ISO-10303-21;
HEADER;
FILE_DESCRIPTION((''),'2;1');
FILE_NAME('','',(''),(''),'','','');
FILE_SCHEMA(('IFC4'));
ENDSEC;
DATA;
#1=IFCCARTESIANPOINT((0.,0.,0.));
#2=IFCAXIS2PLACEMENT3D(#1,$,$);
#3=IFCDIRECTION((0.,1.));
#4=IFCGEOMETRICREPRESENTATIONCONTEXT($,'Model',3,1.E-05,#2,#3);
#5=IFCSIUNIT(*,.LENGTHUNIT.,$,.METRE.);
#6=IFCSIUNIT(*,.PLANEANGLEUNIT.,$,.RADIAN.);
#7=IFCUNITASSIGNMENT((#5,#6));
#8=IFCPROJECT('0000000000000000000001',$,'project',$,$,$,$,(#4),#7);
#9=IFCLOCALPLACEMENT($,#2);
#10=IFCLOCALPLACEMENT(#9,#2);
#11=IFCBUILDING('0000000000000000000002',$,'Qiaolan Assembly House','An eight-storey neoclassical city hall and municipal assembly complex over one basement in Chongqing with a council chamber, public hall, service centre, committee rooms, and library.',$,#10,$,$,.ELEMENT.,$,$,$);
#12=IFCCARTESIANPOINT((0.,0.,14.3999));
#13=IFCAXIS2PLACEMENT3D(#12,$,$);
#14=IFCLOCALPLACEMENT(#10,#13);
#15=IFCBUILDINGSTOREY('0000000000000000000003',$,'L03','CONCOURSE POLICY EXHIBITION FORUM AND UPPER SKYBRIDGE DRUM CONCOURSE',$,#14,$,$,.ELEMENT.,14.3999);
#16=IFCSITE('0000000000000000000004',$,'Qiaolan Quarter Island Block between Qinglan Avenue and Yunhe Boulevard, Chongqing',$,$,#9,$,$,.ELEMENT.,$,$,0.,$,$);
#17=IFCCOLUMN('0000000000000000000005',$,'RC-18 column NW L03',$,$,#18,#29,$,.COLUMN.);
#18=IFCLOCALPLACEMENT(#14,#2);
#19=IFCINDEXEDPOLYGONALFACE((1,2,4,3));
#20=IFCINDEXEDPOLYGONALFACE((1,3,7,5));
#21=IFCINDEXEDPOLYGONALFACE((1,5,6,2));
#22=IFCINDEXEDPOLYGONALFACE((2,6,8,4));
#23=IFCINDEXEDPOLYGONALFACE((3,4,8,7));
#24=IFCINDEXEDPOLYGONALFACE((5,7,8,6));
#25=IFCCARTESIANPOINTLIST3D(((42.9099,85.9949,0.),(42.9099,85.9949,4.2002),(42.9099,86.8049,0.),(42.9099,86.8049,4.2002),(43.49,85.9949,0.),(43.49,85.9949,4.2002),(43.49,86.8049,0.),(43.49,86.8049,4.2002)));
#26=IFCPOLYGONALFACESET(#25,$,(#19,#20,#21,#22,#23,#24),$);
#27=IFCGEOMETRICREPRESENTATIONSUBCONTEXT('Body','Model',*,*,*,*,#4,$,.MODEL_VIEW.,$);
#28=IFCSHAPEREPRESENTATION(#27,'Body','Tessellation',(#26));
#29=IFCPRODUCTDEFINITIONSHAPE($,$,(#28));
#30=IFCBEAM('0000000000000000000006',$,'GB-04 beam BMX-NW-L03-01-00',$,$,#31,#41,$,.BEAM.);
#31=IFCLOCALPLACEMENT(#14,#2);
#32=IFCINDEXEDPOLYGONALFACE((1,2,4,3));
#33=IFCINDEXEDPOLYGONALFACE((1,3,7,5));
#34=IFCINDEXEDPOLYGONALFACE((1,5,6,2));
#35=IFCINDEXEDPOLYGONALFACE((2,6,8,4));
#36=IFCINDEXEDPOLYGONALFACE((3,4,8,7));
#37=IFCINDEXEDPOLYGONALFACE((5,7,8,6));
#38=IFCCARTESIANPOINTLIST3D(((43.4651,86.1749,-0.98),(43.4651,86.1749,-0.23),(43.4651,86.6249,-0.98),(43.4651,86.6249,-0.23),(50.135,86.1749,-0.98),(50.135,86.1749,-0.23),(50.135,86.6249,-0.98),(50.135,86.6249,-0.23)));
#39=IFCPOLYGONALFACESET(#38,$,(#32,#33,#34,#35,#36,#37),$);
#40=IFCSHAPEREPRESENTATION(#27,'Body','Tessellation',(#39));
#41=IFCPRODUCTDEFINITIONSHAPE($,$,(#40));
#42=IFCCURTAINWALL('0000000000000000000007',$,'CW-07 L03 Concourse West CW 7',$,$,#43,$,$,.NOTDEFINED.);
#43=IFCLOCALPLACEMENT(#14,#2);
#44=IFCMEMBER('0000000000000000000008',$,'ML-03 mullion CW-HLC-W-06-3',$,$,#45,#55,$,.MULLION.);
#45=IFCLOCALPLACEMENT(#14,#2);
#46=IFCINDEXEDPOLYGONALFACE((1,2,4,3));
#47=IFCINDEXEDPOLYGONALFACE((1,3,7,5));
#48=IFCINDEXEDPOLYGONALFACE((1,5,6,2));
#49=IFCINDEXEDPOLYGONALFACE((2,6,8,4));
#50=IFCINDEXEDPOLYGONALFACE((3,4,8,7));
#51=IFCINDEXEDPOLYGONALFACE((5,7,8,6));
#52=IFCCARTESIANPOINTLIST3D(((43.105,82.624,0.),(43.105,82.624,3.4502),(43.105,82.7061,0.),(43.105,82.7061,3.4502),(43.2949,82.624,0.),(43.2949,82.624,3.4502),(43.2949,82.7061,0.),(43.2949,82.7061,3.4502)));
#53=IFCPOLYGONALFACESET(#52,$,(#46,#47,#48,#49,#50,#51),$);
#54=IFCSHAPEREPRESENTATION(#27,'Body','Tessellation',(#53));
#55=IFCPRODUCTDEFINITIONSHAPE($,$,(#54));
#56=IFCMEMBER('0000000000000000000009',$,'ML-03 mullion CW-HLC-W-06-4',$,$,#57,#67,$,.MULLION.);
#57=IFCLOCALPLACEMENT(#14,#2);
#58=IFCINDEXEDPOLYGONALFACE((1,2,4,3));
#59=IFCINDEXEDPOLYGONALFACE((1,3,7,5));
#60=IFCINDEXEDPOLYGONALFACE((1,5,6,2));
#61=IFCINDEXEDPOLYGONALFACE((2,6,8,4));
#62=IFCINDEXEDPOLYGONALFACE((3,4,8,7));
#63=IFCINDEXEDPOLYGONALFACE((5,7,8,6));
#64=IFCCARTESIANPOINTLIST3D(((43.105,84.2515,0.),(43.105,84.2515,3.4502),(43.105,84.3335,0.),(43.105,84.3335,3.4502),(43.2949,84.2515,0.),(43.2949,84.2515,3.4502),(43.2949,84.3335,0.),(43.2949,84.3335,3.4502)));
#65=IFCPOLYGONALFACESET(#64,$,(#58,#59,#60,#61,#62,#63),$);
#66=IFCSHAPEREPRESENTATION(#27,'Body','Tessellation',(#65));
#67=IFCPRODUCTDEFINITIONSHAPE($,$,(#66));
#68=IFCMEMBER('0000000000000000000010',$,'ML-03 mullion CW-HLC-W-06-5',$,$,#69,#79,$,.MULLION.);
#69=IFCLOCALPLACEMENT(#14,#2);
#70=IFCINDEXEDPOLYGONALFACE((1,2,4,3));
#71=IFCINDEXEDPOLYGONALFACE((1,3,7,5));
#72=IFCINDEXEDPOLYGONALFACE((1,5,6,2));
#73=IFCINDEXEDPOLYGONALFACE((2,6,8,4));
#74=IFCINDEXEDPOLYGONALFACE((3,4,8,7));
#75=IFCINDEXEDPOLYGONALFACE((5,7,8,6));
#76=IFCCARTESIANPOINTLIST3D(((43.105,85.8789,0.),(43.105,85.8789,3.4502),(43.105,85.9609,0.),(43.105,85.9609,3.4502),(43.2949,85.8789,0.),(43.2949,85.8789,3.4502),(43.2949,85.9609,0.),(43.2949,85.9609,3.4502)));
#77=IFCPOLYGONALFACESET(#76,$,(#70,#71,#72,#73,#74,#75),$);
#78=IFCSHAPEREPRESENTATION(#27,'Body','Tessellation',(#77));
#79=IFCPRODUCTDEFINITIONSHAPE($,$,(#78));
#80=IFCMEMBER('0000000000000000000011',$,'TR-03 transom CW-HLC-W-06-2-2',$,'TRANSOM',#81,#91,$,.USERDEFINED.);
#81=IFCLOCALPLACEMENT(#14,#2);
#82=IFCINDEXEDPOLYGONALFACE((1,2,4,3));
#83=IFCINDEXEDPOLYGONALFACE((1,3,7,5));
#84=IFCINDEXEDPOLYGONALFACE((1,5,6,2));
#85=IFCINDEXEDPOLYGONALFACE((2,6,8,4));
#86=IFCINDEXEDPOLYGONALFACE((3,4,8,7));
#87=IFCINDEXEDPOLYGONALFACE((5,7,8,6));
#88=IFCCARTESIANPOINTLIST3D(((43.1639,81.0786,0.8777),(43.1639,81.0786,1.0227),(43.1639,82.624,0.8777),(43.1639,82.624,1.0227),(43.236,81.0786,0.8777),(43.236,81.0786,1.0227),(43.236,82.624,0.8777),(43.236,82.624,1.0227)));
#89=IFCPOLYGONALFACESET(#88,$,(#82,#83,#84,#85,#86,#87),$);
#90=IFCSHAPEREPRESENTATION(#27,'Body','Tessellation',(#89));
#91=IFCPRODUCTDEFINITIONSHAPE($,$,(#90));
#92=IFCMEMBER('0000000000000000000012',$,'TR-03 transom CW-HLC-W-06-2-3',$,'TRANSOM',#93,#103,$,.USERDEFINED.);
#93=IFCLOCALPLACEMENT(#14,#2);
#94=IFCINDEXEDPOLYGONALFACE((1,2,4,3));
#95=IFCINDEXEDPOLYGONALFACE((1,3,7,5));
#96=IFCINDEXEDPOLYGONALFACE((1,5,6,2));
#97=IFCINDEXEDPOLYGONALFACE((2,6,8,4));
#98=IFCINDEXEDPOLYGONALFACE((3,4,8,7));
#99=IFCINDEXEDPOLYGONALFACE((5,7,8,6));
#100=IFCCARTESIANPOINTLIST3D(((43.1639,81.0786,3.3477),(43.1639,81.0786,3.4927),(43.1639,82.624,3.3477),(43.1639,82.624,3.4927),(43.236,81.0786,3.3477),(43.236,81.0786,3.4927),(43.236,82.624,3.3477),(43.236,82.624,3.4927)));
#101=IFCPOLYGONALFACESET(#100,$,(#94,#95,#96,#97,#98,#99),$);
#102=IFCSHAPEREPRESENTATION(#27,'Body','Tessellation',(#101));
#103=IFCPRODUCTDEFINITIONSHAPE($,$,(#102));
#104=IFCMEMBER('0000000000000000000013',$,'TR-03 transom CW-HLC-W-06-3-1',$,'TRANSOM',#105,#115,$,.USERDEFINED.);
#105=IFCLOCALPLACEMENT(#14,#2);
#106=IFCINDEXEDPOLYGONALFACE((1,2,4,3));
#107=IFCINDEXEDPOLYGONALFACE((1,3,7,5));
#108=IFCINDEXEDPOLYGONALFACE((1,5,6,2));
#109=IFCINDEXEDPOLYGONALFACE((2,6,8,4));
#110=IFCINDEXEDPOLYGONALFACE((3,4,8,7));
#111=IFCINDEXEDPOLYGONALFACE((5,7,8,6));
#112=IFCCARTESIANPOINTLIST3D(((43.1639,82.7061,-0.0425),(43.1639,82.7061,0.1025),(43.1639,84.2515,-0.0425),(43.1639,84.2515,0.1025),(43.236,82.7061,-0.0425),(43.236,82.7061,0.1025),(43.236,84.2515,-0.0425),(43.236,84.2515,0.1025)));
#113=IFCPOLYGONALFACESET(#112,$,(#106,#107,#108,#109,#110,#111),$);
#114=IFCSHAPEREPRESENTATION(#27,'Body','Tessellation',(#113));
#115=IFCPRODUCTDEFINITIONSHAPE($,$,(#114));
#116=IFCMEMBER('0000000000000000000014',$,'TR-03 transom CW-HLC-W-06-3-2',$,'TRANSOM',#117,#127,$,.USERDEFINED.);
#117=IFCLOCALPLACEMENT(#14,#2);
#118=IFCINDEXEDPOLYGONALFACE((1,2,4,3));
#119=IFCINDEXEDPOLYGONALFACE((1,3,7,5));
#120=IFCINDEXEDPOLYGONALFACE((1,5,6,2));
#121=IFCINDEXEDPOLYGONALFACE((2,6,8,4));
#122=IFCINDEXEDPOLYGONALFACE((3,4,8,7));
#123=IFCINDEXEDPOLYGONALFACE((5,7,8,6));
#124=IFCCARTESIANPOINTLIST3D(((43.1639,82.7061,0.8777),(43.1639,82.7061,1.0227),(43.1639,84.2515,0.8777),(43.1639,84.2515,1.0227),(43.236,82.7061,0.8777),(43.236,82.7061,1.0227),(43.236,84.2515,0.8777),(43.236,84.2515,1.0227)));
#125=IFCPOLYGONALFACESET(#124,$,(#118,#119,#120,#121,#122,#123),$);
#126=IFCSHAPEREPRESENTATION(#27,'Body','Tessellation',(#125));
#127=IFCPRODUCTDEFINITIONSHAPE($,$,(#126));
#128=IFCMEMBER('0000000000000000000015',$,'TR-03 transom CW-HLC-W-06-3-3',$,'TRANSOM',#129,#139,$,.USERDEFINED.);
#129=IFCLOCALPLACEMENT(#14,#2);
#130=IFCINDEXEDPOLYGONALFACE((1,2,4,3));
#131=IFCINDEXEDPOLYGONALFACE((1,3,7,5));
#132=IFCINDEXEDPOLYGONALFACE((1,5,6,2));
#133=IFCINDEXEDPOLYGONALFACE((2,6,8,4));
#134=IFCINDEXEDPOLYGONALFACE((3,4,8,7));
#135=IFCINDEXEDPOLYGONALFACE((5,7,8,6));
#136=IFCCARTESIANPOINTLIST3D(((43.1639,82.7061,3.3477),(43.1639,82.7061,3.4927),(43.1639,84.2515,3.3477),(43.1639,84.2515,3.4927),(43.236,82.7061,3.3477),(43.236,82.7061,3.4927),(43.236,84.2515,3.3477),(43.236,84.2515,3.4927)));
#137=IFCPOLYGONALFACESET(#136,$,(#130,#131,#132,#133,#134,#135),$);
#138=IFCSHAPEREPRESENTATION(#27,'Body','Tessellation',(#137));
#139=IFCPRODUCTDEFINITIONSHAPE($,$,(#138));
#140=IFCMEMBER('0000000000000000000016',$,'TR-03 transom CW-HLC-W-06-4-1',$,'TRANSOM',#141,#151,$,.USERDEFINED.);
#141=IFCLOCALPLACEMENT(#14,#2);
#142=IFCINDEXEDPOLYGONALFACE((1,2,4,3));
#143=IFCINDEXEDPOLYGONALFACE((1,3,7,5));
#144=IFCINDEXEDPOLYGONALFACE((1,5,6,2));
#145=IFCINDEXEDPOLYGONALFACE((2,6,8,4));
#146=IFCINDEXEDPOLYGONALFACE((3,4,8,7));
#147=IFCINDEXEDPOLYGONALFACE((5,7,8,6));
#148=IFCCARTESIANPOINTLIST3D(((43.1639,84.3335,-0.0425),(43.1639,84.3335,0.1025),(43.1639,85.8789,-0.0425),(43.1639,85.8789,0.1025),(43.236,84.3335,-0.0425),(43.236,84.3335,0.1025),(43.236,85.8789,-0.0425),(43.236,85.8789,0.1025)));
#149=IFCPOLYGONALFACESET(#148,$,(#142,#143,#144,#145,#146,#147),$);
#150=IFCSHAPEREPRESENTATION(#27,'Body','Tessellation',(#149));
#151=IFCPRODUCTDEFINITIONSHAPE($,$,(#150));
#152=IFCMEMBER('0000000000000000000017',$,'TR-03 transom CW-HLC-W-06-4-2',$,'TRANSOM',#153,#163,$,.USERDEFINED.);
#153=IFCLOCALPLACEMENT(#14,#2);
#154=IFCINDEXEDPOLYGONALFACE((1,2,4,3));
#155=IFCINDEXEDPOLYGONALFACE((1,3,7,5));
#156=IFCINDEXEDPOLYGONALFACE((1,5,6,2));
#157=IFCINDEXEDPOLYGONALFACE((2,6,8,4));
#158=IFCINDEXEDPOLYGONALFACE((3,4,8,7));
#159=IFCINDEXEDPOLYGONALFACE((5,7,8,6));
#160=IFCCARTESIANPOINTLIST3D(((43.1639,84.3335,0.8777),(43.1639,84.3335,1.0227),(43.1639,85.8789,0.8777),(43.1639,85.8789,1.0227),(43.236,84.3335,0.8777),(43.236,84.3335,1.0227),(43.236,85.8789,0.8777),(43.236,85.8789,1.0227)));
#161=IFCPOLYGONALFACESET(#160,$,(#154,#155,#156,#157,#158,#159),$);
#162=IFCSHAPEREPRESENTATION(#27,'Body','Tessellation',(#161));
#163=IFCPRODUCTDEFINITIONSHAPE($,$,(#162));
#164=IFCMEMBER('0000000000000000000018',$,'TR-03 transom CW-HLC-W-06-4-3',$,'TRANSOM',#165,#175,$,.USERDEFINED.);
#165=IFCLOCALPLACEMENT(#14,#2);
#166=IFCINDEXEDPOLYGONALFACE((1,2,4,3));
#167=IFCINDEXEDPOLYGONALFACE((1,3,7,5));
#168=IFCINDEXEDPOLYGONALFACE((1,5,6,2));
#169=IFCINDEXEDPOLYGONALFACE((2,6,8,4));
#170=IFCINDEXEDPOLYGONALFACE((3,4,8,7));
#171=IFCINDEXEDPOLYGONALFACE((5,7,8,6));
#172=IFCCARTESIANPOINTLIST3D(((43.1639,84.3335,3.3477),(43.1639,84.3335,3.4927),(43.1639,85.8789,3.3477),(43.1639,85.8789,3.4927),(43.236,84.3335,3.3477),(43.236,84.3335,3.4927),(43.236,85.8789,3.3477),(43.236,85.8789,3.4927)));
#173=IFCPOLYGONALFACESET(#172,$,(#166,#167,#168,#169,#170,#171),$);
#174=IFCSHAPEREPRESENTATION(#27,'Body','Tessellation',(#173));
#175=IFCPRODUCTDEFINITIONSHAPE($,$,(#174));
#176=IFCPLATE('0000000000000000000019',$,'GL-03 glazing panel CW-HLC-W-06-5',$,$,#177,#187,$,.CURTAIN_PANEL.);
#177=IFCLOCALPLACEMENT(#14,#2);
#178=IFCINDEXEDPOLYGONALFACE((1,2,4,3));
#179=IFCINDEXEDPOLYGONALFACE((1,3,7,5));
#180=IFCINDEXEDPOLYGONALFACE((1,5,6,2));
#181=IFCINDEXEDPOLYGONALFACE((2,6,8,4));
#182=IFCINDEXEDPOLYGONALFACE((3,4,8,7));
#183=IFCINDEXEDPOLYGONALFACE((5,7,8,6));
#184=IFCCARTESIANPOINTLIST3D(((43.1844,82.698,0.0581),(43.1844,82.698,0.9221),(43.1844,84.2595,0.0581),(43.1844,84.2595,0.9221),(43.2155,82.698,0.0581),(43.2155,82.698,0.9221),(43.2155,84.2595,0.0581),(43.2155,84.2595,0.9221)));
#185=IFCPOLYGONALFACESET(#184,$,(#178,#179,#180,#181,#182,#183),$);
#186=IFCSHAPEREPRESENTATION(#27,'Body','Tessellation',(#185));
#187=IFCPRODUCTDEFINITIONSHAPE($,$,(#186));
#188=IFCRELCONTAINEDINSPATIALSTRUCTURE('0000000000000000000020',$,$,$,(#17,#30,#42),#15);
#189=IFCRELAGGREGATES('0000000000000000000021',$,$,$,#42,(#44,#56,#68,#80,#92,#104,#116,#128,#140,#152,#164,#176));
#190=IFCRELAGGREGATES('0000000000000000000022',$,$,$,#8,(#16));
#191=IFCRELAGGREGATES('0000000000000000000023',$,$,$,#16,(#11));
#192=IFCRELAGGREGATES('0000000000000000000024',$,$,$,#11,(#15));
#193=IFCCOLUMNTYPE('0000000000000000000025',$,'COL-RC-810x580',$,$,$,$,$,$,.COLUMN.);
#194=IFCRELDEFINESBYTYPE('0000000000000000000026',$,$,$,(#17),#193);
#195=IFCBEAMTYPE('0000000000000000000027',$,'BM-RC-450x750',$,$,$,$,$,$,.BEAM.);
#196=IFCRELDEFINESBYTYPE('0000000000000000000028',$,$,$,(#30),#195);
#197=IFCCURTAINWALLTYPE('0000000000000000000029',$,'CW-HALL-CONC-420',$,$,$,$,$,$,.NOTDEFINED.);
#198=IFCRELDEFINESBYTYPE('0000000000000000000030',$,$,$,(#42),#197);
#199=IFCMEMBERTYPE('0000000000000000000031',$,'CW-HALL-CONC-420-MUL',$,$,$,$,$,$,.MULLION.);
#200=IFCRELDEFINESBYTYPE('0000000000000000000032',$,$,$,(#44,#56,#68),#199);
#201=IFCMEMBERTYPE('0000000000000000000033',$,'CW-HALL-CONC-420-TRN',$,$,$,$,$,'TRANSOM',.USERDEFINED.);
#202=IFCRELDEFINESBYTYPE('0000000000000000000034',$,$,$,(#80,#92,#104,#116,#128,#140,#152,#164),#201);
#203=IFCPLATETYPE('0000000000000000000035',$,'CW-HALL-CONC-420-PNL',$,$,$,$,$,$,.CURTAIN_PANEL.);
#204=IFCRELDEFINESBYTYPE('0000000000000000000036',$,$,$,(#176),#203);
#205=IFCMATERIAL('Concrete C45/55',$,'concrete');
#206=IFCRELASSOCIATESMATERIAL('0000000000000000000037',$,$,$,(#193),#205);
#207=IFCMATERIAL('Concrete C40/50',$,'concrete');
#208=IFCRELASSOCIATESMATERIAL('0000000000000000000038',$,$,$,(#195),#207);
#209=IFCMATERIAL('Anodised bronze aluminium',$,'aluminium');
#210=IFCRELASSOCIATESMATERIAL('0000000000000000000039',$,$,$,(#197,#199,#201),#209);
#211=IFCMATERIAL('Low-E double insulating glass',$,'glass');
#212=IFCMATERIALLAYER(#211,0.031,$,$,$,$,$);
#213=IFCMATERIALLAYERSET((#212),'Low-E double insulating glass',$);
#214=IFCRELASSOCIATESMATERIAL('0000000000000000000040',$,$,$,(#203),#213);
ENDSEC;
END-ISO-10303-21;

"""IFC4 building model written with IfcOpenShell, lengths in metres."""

from ifc_helpers import new_model, si_unit, direction, frame, frame_2d, origin, origin_2d, place, context, subcontext, project, spatial, rectangle, extrude, material, layer, layer_set, material_profile, profile_set, type_object, element, aggregate, save


model = new_model("IFC4")

# Units and contexts
model_context = context("Model", 3, precision=1e-05, world=origin(), true_north=direction((0.0, 1.0)))
body_context = subcontext(model_context, "Body", "Model", "MODEL_VIEW")
ifc_project = project(units=[si_unit("LENGTHUNIT", "METRE"), si_unit("PLANEANGLEUNIT", "RADIAN")], contexts=[model_context])

# Site, building, storey
site_placement = place(None, origin())
site = spatial("IfcSite", under=ifc_project, at=site_placement, Name="Qiaolan Quarter Island Block between Qinglan Avenue and Yunhe Boulevard, Chongqing", CompositionType="ELEMENT", RefElevation=0.0)
building_placement = place(site_placement, origin())
building = spatial("IfcBuilding", under=site, at=building_placement, Name="Qiaolan Assembly House", Description="An eight-storey neoclassical city hall and municipal assembly complex over one basement in Chongqing with a council chamber, public hall, service centre, committee rooms, and library.", CompositionType="ELEMENT")
storey_placement = place(building_placement, frame((0.0, 0.0, 14.3999)))
storey = spatial("IfcBuildingStorey", under=building, at=storey_placement, Name="L03", Description="CONCOURSE POLICY EXHIBITION FORUM AND UPPER SKYBRIDGE DRUM CONCOURSE", CompositionType="ELEMENT", Elevation=14.3999)

# Column
ifc_material_1 = material(Name="Concrete C45/55", Category="concrete")
ifc_material_profile_1 = material_profile(ifc_material_1, rectangle(XDim=0.5801, YDim=0.8101, at=origin_2d()), Name="RC 810x580")
ifc_profile_set_1 = profile_set([ifc_material_profile_1], Name="Concrete C45/55")
column_type = type_object("IfcColumnType", Name="COL-RC-810x580", PredefinedType="COLUMN", material=ifc_profile_set_1)
column_placement = place(storey_placement, frame((43.2, 86.3999, 0.0), z_axis=(0.0, 0.0, 1.0), x_axis=(1.0, 0.0, 0.0)))
element("IfcColumn", 1, at=column_placement, inside=storey, type_object=column_type, Name="RC-18 column NW L03", PredefinedType="COLUMN", context=body_context, shape_type="SweptSolid", body=[
    extrude(rectangle(XDim=0.5801, YDim=0.8101, at=origin_2d()), origin(), (0.0, 0.0, 1.0), 4.2002),
])

# Beam
ifc_material_2 = material(Name="Concrete C40/50", Category="concrete")
ifc_material_profile_2 = material_profile(ifc_material_2, rectangle(XDim=0.45, YDim=0.75, at=origin_2d()), Name="RCB 450x750")
ifc_profile_set_2 = profile_set([ifc_material_profile_2], Name="Concrete C40/50")
beam_type = type_object("IfcBeamType", Name="BM-RC-450x750", PredefinedType="BEAM", material=ifc_profile_set_2)
beam_placement = place(storey_placement, frame((43.4651, 86.3999, -0.605), z_axis=(1.0, 0.0, 0.0), x_axis=(0.0, 1.0, 0.0)))
element("IfcBeam", 2, at=beam_placement, inside=storey, type_object=beam_type, Name="GB-04 beam BMX-NW-L03-01-00", PredefinedType="BEAM", context=body_context, shape_type="SweptSolid", body=[
    extrude(rectangle(XDim=0.45, YDim=0.75, at=origin_2d()), origin(), (0.0, 0.0, 1.0), 6.6699),
])

# Curtain wall, members, plate
ifc_material_3 = material(Name="Anodised bronze aluminium", Category="aluminium")
curtain_wall_type = type_object("IfcCurtainWallType", Name="CW-HALL-CONC-420", PredefinedType="NOTDEFINED", material=ifc_material_3)
curtain_wall_placement = place(storey_placement, origin())
curtain_wall = element("IfcCurtainWall", 3, at=curtain_wall_placement, inside=storey, type_object=curtain_wall_type, Name="CW-07 L03 Concourse West CW 7", PredefinedType="NOTDEFINED")
ifc_material_profile_3 = material_profile(ifc_material_3, rectangle(XDim=0.082, YDim=0.1899, at=origin_2d()), Name="MUL 82x190")
ifc_profile_set_3 = profile_set([ifc_material_profile_3], Name="Anodised bronze aluminium")
member_type_1 = type_object("IfcMemberType", Name="CW-HALL-CONC-420-MUL", PredefinedType="MULLION", material=ifc_profile_set_3)
member_1_placement = place(storey_placement, frame((43.2, 82.665, 0.0), z_axis=(0.0, 0.0, 1.0), x_axis=(0.0, 1.0, 0.0)))
member_1 = element("IfcMember", 4, at=member_1_placement, type_object=member_type_1, Name="ML-03 mullion CW-HLC-W-06-3", PredefinedType="MULLION", context=body_context, shape_type="SweptSolid", body=[
    extrude(rectangle(XDim=0.082, YDim=0.1899, at=origin_2d()), origin(), (0.0, 0.0, 1.0), 3.4502),
])
member_2_placement = place(storey_placement, frame((43.2, 84.2925, 0.0), z_axis=(0.0, 0.0, 1.0), x_axis=(0.0, 1.0, 0.0)))
member_2 = element("IfcMember", 5, at=member_2_placement, type_object=member_type_1, Name="ML-03 mullion CW-HLC-W-06-4", PredefinedType="MULLION", context=body_context, shape_type="SweptSolid", body=[
    extrude(rectangle(XDim=0.082, YDim=0.1899, at=origin_2d()), origin(), (0.0, 0.0, 1.0), 3.4502),
])
member_3_placement = place(storey_placement, frame((43.2, 85.9199, 0.0), z_axis=(0.0, 0.0, 1.0), x_axis=(0.0, 1.0, 0.0)))
member_3 = element("IfcMember", 6, at=member_3_placement, type_object=member_type_1, Name="ML-03 mullion CW-HLC-W-06-5", PredefinedType="MULLION", context=body_context, shape_type="SweptSolid", body=[
    extrude(rectangle(XDim=0.082, YDim=0.1899, at=origin_2d()), origin(), (0.0, 0.0, 1.0), 3.4502),
])
ifc_material_profile_4 = material_profile(ifc_material_3, rectangle(XDim=0.072, YDim=0.145, at=origin_2d()), Name="TRN 72x145")
ifc_profile_set_4 = profile_set([ifc_material_profile_4], Name="Anodised bronze aluminium")
member_type_2 = type_object("IfcMemberType", Name="CW-HALL-CONC-420-TRN", ElementType="TRANSOM", PredefinedType="USERDEFINED", material=ifc_profile_set_4)
member_4_placement = place(storey_placement, frame((43.2, 81.0786, 0.9502), z_axis=(0.0, 1.0, 0.0), x_axis=(-1.0, 0.0, 0.0)))
member_4 = element("IfcMember", 7, at=member_4_placement, type_object=member_type_2, Name="TR-03 transom CW-HLC-W-06-2-2", ObjectType="TRANSOM", PredefinedType="USERDEFINED", context=body_context, shape_type="SweptSolid", body=[
    extrude(rectangle(XDim=0.072, YDim=0.145, at=origin_2d()), origin(), (0.0, 0.0, 1.0), 1.5454),
])
member_5_placement = place(storey_placement, frame((43.2, 81.0786, 3.4202), z_axis=(0.0, 1.0, 0.0), x_axis=(-1.0, 0.0, 0.0)))
member_5 = element("IfcMember", 8, at=member_5_placement, type_object=member_type_2, Name="TR-03 transom CW-HLC-W-06-2-3", ObjectType="TRANSOM", PredefinedType="USERDEFINED", context=body_context, shape_type="SweptSolid", body=[
    extrude(rectangle(XDim=0.072, YDim=0.145, at=origin_2d()), origin(), (0.0, 0.0, 1.0), 1.5454),
])
member_6_placement = place(storey_placement, frame((43.2, 82.7061, 0.03), z_axis=(0.0, 1.0, 0.0), x_axis=(-1.0, 0.0, 0.0)))
member_6 = element("IfcMember", 9, at=member_6_placement, type_object=member_type_2, Name="TR-03 transom CW-HLC-W-06-3-1", ObjectType="TRANSOM", PredefinedType="USERDEFINED", context=body_context, shape_type="SweptSolid", body=[
    extrude(rectangle(XDim=0.072, YDim=0.145, at=origin_2d()), origin(), (0.0, 0.0, 1.0), 1.5454),
])
member_7_placement = place(storey_placement, frame((43.2, 82.7061, 0.9502), z_axis=(0.0, 1.0, 0.0), x_axis=(-1.0, 0.0, 0.0)))
member_7 = element("IfcMember", 10, at=member_7_placement, type_object=member_type_2, Name="TR-03 transom CW-HLC-W-06-3-2", ObjectType="TRANSOM", PredefinedType="USERDEFINED", context=body_context, shape_type="SweptSolid", body=[
    extrude(rectangle(XDim=0.072, YDim=0.145, at=origin_2d()), origin(), (0.0, 0.0, 1.0), 1.5454),
])
member_8_placement = place(storey_placement, frame((43.2, 82.7061, 3.4202), z_axis=(0.0, 1.0, 0.0), x_axis=(-1.0, 0.0, 0.0)))
member_8 = element("IfcMember", 11, at=member_8_placement, type_object=member_type_2, Name="TR-03 transom CW-HLC-W-06-3-3", ObjectType="TRANSOM", PredefinedType="USERDEFINED", context=body_context, shape_type="SweptSolid", body=[
    extrude(rectangle(XDim=0.072, YDim=0.145, at=origin_2d()), origin(), (0.0, 0.0, 1.0), 1.5454),
])
member_9_placement = place(storey_placement, frame((43.2, 84.3335, 0.03), z_axis=(0.0, 1.0, 0.0), x_axis=(-1.0, 0.0, 0.0)))
member_9 = element("IfcMember", 12, at=member_9_placement, type_object=member_type_2, Name="TR-03 transom CW-HLC-W-06-4-1", ObjectType="TRANSOM", PredefinedType="USERDEFINED", context=body_context, shape_type="SweptSolid", body=[
    extrude(rectangle(XDim=0.072, YDim=0.145, at=origin_2d()), origin(), (0.0, 0.0, 1.0), 1.5454),
])
member_10_placement = place(storey_placement, frame((43.2, 84.3335, 0.9502), z_axis=(0.0, 1.0, 0.0), x_axis=(-1.0, 0.0, 0.0)))
member_10 = element("IfcMember", 13, at=member_10_placement, type_object=member_type_2, Name="TR-03 transom CW-HLC-W-06-4-2", ObjectType="TRANSOM", PredefinedType="USERDEFINED", context=body_context, shape_type="SweptSolid", body=[
    extrude(rectangle(XDim=0.072, YDim=0.145, at=origin_2d()), origin(), (0.0, 0.0, 1.0), 1.5454),
])
member_11_placement = place(storey_placement, frame((43.2, 84.3335, 3.4202), z_axis=(0.0, 1.0, 0.0), x_axis=(-1.0, 0.0, 0.0)))
member_11 = element("IfcMember", 14, at=member_11_placement, type_object=member_type_2, Name="TR-03 transom CW-HLC-W-06-4-3", ObjectType="TRANSOM", PredefinedType="USERDEFINED", context=body_context, shape_type="SweptSolid", body=[
    extrude(rectangle(XDim=0.072, YDim=0.145, at=origin_2d()), origin(), (0.0, 0.0, 1.0), 1.5454),
])
ifc_material_4 = material(Name="Low-E double insulating glass", Category="glass")
ifc_layer_1 = layer(ifc_material_4, 0.031)
ifc_layer_set_1 = layer_set([ifc_layer_1], Name="Low-E double insulating glass")
plate_type = type_object("IfcPlateType", Name="CW-HALL-CONC-420-PNL", PredefinedType="CURTAIN_PANEL", material=ifc_layer_set_1)
plate_1_placement = place(storey_placement, frame((43.2, 82.698, 0.0581), z_axis=(0.0, 0.0, 1.0), x_axis=(0.0, 1.0, 0.0)))
plate_1 = element("IfcPlate", 15, at=plate_1_placement, type_object=plate_type, Name="GL-03 glazing panel CW-HLC-W-06-5", PredefinedType="CURTAIN_PANEL", context=body_context, shape_type="SweptSolid", body=[
    extrude(rectangle(XDim=1.5615, YDim=0.031, at=frame_2d((0.7808, 0.0))), origin(), (0.0, 0.0, 1.0), 0.864),
])
aggregate(curtain_wall, [member_1, member_2, member_3, member_4, member_5, member_6, member_7, member_8, member_9, member_10, member_11, plate_1])

save(model, "model.ifc")
